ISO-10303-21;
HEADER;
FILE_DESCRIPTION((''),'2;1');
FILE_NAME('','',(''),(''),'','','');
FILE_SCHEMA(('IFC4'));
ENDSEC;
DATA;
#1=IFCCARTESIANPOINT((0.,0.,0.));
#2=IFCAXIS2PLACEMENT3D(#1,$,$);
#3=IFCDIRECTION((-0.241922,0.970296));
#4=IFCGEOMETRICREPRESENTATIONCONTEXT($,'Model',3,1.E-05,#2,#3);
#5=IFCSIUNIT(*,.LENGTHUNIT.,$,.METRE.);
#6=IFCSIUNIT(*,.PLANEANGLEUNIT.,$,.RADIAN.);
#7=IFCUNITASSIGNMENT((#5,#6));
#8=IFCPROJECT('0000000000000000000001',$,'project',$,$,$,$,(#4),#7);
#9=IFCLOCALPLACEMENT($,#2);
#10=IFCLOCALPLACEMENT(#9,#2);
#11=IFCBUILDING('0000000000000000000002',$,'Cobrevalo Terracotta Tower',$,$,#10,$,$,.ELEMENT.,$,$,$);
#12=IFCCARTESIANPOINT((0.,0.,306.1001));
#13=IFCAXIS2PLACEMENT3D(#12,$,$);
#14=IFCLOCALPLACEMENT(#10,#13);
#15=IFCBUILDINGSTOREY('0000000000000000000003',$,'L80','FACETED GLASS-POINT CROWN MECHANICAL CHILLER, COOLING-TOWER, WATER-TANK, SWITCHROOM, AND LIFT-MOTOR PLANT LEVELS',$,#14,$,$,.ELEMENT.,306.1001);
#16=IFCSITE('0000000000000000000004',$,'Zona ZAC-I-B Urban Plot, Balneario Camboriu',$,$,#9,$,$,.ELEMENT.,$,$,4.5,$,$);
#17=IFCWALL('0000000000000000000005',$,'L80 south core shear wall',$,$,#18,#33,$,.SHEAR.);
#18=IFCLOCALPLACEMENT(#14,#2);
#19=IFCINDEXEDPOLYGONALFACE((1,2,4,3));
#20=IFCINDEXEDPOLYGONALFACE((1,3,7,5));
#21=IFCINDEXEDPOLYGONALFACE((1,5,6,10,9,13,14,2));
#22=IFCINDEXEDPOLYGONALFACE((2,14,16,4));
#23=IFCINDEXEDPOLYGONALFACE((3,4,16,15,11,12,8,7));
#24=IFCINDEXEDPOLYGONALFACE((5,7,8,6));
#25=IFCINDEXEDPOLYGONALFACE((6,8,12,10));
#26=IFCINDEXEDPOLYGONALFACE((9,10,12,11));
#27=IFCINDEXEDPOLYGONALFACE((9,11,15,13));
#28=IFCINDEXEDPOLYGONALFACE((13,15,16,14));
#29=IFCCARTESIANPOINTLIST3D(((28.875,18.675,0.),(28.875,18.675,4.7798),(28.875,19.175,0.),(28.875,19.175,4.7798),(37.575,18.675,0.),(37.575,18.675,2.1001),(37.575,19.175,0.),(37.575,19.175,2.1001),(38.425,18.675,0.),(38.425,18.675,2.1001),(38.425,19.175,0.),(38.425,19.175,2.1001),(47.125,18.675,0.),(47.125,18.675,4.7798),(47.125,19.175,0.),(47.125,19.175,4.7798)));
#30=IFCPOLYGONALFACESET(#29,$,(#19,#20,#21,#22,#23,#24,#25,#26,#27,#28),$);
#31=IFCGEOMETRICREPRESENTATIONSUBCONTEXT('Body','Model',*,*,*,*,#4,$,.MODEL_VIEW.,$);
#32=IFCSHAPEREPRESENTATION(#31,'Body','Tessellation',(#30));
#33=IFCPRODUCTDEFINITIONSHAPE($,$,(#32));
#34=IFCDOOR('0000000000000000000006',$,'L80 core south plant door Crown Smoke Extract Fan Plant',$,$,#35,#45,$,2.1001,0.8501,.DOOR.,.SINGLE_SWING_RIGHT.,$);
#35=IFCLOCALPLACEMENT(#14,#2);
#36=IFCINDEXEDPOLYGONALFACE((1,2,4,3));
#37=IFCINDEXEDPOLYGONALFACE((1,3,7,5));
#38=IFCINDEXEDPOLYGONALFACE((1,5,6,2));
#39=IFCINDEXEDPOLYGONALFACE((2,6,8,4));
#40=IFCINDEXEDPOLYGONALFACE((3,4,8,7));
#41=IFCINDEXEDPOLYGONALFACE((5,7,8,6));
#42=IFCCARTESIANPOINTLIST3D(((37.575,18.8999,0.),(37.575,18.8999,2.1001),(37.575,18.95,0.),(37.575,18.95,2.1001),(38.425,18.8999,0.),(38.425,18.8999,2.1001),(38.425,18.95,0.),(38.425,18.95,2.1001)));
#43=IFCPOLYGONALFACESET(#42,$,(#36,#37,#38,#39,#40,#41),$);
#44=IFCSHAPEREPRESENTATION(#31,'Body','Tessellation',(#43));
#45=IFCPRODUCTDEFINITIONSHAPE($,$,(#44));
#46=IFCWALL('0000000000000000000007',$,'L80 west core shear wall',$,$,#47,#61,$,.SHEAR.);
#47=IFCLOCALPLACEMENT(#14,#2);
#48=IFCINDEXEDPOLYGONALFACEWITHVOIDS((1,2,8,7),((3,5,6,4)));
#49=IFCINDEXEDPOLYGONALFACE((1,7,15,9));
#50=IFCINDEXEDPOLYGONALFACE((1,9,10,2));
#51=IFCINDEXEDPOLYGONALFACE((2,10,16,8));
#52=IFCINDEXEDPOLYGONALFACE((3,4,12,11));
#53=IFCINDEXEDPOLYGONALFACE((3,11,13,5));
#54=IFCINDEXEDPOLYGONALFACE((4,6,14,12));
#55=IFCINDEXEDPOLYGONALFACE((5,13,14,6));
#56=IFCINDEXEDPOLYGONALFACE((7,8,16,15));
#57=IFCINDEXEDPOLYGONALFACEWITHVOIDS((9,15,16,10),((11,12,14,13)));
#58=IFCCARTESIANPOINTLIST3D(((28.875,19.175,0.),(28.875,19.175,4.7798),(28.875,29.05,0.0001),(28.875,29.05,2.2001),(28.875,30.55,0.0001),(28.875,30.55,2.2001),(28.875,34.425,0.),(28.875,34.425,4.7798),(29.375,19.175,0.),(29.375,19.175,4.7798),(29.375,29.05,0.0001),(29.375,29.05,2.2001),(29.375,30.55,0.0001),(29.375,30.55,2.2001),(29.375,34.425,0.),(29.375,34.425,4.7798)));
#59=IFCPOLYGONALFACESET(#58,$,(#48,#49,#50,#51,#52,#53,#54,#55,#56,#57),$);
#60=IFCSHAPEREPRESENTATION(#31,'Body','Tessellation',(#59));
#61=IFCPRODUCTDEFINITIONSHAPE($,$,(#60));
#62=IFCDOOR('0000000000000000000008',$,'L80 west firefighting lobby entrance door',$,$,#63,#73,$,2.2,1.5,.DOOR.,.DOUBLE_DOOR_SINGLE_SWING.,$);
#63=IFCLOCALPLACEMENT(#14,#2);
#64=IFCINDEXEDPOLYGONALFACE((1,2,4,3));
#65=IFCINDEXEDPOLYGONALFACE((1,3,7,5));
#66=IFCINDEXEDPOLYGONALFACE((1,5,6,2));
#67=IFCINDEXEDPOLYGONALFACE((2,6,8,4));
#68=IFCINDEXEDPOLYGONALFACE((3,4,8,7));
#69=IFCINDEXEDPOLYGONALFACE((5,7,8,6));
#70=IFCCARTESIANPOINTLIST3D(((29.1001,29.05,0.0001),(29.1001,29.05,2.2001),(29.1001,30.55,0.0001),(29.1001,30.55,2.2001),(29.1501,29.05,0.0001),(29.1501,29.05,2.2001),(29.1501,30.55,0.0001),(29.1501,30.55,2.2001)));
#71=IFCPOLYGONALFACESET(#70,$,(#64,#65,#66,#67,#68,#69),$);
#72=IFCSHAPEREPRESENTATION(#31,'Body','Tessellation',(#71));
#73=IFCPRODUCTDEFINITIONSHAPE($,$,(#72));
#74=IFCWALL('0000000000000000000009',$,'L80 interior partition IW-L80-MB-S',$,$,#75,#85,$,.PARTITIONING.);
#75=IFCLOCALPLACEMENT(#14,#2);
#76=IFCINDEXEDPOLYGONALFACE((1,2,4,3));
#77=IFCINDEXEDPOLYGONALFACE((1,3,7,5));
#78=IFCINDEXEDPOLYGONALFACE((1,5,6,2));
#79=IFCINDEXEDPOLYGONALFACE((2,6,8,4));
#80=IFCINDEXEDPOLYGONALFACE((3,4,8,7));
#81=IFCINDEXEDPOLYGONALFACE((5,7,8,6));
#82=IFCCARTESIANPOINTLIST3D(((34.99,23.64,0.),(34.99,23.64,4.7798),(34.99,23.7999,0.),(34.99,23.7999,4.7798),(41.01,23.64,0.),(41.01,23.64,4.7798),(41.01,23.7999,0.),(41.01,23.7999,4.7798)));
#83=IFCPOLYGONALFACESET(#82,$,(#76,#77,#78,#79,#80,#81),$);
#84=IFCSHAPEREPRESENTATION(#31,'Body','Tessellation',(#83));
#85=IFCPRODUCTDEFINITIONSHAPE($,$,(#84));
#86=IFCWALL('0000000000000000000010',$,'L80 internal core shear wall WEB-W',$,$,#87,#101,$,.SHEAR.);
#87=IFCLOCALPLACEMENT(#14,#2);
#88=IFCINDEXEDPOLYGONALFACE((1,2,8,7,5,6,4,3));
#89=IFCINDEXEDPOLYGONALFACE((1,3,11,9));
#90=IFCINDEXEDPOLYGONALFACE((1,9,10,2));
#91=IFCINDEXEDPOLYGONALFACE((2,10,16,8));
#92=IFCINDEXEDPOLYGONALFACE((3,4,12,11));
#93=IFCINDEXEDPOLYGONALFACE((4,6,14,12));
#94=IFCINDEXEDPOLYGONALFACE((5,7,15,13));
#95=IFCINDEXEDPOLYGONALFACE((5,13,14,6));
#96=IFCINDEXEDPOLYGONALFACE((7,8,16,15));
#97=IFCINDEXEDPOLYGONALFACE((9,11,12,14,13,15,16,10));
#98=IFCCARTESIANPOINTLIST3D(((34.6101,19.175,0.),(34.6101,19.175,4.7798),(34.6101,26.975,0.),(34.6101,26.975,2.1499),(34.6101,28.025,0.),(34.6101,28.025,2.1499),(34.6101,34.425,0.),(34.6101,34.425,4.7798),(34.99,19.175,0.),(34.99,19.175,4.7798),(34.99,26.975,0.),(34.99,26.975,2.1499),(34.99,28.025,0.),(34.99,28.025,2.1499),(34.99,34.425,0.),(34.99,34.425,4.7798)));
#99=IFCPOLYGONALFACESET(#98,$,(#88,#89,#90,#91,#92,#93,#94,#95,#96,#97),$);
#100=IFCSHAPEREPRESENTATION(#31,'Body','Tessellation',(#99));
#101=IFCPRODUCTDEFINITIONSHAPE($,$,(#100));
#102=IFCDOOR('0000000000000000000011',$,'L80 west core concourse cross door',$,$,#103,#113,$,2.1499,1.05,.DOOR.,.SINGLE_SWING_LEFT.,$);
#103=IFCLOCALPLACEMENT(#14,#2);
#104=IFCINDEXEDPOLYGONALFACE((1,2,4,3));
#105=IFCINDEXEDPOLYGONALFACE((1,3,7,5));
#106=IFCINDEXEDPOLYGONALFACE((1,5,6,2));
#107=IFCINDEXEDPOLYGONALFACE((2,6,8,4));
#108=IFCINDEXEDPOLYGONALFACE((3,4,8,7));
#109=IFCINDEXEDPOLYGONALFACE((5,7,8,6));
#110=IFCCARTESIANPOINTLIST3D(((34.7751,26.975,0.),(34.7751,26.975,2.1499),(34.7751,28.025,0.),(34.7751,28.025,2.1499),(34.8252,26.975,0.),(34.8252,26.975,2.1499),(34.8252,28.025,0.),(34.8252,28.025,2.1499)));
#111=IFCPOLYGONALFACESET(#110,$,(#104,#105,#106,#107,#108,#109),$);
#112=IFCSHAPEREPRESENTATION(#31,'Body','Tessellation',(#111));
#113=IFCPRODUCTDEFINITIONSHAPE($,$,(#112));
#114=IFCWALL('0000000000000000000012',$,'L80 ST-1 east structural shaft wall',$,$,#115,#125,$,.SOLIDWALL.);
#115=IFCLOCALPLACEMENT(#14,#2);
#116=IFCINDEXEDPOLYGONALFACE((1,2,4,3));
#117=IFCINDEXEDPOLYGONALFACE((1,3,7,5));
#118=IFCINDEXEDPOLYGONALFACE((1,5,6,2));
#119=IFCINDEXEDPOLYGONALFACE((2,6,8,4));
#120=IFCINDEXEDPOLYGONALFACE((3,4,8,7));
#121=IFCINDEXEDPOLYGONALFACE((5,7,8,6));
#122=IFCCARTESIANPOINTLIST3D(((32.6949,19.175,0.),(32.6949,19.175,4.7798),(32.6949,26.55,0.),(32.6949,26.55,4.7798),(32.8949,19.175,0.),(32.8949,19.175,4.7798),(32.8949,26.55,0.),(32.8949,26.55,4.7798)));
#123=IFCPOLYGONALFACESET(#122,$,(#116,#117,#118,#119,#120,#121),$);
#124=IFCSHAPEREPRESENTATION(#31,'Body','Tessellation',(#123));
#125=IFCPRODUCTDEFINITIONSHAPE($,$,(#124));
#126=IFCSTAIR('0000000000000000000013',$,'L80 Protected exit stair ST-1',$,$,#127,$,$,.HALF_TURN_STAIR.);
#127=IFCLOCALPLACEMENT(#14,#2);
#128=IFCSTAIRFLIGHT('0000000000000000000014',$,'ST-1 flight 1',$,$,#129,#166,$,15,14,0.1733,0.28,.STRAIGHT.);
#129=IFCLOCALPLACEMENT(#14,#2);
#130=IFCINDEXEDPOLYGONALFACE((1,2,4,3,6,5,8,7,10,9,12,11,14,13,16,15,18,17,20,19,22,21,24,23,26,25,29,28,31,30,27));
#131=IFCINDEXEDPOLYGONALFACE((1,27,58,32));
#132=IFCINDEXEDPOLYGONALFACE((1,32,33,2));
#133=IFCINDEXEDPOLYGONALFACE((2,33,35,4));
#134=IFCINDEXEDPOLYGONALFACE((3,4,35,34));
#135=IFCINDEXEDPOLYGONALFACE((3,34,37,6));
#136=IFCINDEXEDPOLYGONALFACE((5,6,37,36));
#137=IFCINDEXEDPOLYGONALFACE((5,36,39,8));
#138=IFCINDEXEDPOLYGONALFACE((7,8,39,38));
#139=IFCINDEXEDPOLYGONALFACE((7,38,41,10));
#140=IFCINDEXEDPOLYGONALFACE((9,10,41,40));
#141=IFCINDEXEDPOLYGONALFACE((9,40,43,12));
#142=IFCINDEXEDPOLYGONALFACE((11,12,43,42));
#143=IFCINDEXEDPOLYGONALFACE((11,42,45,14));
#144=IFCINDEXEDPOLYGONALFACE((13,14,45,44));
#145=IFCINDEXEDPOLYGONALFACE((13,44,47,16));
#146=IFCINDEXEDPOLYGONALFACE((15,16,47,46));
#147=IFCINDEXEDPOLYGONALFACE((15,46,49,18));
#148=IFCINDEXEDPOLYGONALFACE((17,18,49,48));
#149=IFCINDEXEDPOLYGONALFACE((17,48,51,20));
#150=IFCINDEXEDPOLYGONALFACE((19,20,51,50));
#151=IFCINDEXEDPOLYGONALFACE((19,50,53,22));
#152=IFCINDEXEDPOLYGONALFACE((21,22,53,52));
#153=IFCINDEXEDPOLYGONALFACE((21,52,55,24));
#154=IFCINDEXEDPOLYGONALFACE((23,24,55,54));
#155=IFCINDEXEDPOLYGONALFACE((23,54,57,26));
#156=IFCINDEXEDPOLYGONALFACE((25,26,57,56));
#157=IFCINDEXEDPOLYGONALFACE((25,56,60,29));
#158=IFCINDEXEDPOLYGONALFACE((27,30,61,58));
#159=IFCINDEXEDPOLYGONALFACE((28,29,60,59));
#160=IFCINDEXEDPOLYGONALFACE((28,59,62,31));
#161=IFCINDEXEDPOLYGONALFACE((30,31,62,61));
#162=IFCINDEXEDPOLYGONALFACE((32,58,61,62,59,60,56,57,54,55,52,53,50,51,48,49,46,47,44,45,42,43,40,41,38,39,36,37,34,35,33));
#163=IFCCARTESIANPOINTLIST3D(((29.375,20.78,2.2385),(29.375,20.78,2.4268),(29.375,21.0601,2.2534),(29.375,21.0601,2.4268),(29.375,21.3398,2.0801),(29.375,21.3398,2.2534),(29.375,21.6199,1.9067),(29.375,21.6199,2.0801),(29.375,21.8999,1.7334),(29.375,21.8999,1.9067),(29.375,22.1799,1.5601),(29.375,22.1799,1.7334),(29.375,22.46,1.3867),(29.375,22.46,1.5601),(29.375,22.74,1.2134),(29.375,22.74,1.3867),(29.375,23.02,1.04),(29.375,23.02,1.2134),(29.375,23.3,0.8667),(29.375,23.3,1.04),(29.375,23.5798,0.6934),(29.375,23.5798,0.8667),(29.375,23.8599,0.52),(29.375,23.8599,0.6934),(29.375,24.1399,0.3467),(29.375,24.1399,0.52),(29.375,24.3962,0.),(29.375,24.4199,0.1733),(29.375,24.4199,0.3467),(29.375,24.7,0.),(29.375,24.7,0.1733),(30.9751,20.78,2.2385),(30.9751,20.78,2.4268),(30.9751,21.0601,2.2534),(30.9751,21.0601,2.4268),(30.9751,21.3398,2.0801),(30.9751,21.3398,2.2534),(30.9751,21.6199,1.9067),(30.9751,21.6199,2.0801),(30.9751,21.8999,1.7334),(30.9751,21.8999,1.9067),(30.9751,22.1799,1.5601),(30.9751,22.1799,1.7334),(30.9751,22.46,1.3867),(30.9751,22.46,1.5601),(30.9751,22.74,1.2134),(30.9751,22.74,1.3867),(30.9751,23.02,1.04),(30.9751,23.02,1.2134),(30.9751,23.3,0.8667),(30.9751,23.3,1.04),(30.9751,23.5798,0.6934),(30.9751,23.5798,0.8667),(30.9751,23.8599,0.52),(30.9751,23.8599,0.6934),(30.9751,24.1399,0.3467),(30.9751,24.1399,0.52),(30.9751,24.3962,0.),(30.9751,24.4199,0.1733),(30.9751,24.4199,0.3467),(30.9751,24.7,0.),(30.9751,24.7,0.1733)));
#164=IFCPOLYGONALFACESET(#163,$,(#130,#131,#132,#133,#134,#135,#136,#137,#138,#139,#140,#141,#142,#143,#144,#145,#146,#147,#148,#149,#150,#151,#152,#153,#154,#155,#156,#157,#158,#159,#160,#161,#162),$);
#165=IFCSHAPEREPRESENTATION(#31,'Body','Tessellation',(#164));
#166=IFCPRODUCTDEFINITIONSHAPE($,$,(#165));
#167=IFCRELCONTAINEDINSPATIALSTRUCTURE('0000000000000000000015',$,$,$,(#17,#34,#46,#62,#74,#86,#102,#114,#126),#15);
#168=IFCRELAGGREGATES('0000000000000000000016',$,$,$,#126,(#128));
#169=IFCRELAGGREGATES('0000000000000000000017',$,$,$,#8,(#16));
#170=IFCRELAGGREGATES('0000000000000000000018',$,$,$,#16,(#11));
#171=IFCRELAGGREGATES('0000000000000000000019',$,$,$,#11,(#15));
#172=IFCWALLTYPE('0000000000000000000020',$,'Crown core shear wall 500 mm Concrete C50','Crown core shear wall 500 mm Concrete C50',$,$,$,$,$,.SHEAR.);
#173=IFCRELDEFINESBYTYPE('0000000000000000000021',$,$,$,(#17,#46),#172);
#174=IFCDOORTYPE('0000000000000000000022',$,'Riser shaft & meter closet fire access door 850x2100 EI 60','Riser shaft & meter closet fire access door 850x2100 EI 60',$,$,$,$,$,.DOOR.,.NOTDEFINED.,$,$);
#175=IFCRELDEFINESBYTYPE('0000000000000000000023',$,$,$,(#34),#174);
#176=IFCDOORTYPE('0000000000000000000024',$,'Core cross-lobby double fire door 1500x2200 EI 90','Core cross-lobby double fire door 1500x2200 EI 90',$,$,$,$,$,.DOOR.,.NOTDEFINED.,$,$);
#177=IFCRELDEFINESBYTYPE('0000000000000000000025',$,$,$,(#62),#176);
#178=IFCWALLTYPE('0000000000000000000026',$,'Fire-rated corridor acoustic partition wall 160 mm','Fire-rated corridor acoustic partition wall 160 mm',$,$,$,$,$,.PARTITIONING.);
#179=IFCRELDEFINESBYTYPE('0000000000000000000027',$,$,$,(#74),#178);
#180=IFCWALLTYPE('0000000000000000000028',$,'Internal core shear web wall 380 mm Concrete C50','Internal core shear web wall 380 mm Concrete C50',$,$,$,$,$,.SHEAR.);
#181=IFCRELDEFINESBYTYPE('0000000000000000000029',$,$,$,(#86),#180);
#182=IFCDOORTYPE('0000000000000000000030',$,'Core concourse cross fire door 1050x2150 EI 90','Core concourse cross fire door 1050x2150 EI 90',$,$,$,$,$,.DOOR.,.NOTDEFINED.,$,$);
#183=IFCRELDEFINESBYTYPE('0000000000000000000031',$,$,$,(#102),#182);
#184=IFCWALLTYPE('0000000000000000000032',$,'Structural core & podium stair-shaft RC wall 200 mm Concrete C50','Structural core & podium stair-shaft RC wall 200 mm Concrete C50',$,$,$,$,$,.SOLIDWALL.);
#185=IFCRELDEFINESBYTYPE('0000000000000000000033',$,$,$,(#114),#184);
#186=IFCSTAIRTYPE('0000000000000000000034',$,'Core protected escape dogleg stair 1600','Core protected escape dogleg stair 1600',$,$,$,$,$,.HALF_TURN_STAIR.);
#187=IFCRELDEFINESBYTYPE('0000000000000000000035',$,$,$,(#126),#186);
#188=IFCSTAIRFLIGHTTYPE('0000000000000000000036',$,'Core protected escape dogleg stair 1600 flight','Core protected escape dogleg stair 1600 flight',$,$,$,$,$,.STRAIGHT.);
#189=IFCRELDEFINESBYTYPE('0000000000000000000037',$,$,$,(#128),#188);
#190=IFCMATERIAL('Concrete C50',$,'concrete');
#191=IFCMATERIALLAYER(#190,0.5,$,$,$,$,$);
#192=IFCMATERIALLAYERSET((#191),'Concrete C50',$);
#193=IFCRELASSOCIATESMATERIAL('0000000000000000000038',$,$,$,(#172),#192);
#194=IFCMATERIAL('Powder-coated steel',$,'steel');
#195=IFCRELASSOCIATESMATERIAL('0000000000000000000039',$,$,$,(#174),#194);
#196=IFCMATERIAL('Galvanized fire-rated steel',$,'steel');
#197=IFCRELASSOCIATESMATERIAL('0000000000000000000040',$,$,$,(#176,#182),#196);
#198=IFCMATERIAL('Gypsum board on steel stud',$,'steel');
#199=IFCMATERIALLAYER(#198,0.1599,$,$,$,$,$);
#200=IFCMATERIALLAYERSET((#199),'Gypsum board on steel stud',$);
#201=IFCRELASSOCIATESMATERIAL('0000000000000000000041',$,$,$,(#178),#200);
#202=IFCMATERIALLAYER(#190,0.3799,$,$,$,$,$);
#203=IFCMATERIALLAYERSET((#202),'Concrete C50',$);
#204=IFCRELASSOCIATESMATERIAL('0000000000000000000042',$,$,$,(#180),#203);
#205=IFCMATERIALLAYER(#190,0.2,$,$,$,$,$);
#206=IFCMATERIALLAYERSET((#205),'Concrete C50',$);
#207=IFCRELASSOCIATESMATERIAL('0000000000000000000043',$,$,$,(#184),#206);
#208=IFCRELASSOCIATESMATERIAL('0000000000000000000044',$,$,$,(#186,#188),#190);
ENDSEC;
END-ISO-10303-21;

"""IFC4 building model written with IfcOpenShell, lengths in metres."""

from ifc_helpers import new_model, si_unit, direction, frame, frame_2d, origin, place, context, subcontext, project, spatial, polyline, rectangle, outline, extrude, source, transform, mapped, material, layer, layer_set, type_object, element, fill, aggregate, save


model = new_model("IFC4")

# Units and contexts
model_context = context("Model", 3, precision=1e-05, world=origin(), true_north=direction((-0.241922, 0.970296)))
body_context = subcontext(model_context, "Body", "Model", "MODEL_VIEW")
ifc_project = project(units=[si_unit("LENGTHUNIT", "METRE"), si_unit("PLANEANGLEUNIT", "RADIAN")], contexts=[model_context])

# Site, building, storey
site_placement = place(None, origin())
site = spatial("IfcSite", under=ifc_project, at=site_placement, Name="Zona ZAC-I-B Urban Plot, Balneario Camboriu", CompositionType="ELEMENT", RefElevation=4.5)
building_placement = place(site_placement, origin())
building = spatial("IfcBuilding", under=site, at=building_placement, Name="Cobrevalo Terracotta Tower", CompositionType="ELEMENT")
storey_placement = place(building_placement, frame((0.0, 0.0, 306.1001)))
storey = spatial("IfcBuildingStorey", under=building, at=storey_placement, Name="L80", Description="FACETED GLASS-POINT CROWN MECHANICAL CHILLER, COOLING-TOWER, WATER-TANK, SWITCHROOM, AND LIFT-MOTOR PLANT LEVELS", CompositionType="ELEMENT", Elevation=306.1001)

# Shared definitions
ifc_material_1 = material(Name="Concrete C50", Category="concrete")

# Walls, openings, doors
ifc_layer_1 = layer(ifc_material_1, 0.5)
ifc_layer_set_1 = layer_set([ifc_layer_1], Name="Concrete C50")
wall_type_1 = type_object("IfcWallType", Name="Crown core shear wall 500 mm Concrete C50", Description="Crown core shear wall 500 mm Concrete C50", PredefinedType="SHEAR", material=ifc_layer_set_1)
wall_1_placement = place(storey_placement, frame((28.875, 18.925, 0.0), z_axis=(0.0, 0.0, 1.0), x_axis=(1.0, 0.0, 0.0)))
wall_1 = element("IfcWall", 1, at=wall_1_placement, inside=storey, type_object=wall_type_1, Name="L80 south core shear wall", PredefinedType="SHEAR", context=body_context, shape_type="SweptSolid", body=[
    extrude(rectangle(XDim=18.25, YDim=0.5, at=frame_2d((9.125, 0.0))), origin(), (0.0, 0.0, 1.0), 4.7798),
])
opening_1_placement = place(wall_1_placement, frame((8.7, 0.0, 0.0)))
opening_1 = element("IfcOpeningElement", 2, at=opening_1_placement, cuts=wall_1, PredefinedType="OPENING", context=body_context, shape_type="SweptSolid", body=[
    extrude(rectangle(XDim=0.8501, YDim=2.1001, at=frame_2d((0.425, 1.05))), frame((0.0, 0.26, 0.0), z_axis=(0.0, -1.0, 0.0), x_axis=(1.0, 0.0, 0.0)), (0.0, 0.0, 1.0), 0.52),
])
ifc_material_2 = material(Name="Powder-coated steel", Category="steel")
door_type_1 = type_object("IfcDoorType", Name="Riser shaft & meter closet fire access door 850x2100 EI 60", Description="Riser shaft & meter closet fire access door 850x2100 EI 60", OperationType="NOTDEFINED", PredefinedType="DOOR", material=ifc_material_2)
shared_shape_1 = source(origin(), body_context, "Body", "SweptSolid", [
    extrude(rectangle(XDim=0.8501, YDim=2.1001, at=frame_2d((0.425, 1.05))), frame((0.0, 0.0249, 0.0), z_axis=(0.0, -1.0, 0.0), x_axis=(1.0, 0.0, 0.0)), (0.0, 0.0, 1.0), 0.05),
])
door_1_placement = place(opening_1_placement, origin())
door_1 = element("IfcDoor", 3, at=door_1_placement, inside=storey, type_object=door_type_1, Name="L80 core south plant door Crown Smoke Extract Fan Plant", OperationType="SINGLE_SWING_RIGHT", OverallHeight=2.1001, OverallWidth=0.8501, PredefinedType="DOOR", context=body_context, shape_type="MappedRepresentation", body=[
    mapped(shared_shape_1, transform((0.0, 0.0, 0.0), scale=1.0)),
])
fill(opening_1, door_1)
wall_2_placement = place(storey_placement, frame((29.125, 19.175, 0.0), z_axis=(0.0, 0.0, 1.0), x_axis=(0.0, 1.0, 0.0)))
wall_2 = element("IfcWall", 4, at=wall_2_placement, inside=storey, type_object=wall_type_1, Name="L80 west core shear wall", PredefinedType="SHEAR", context=body_context, shape_type="SweptSolid", body=[
    extrude(rectangle(XDim=15.25, YDim=0.5, at=frame_2d((7.625, 0.0))), origin(), (0.0, 0.0, 1.0), 4.7798),
])
opening_2_placement = place(wall_2_placement, frame((9.875, 0.0, 0.0)))
opening_2 = element("IfcOpeningElement", 5, at=opening_2_placement, cuts=wall_2, PredefinedType="OPENING", context=body_context, shape_type="SweptSolid", body=[
    extrude(rectangle(XDim=1.5, YDim=2.2, at=frame_2d((0.75, 1.1001))), frame((0.0, 0.26, 0.0), z_axis=(0.0, -1.0, 0.0), x_axis=(1.0, 0.0, 0.0)), (0.0, 0.0, 1.0), 0.52),
])
ifc_material_3 = material(Name="Galvanized fire-rated steel", Category="steel")
door_type_2 = type_object("IfcDoorType", Name="Core cross-lobby double fire door 1500x2200 EI 90", Description="Core cross-lobby double fire door 1500x2200 EI 90", OperationType="NOTDEFINED", PredefinedType="DOOR", material=ifc_material_3)
shared_shape_2 = source(origin(), body_context, "Body", "SweptSolid", [
    extrude(rectangle(XDim=1.5, YDim=2.2, at=frame_2d((0.75, 1.1001))), frame((0.0, 0.0249, 0.0), z_axis=(0.0, -1.0, 0.0), x_axis=(1.0, 0.0, 0.0)), (0.0, 0.0, 1.0), 0.05),
])
door_2_placement = place(opening_2_placement, origin())
door_2 = element("IfcDoor", 6, at=door_2_placement, inside=storey, type_object=door_type_2, Name="L80 west firefighting lobby entrance door", OperationType="DOUBLE_DOOR_SINGLE_SWING", OverallHeight=2.2, OverallWidth=1.5, PredefinedType="DOOR", context=body_context, shape_type="MappedRepresentation", body=[
    mapped(shared_shape_2, transform((0.0, 0.0, 0.0), scale=1.0)),
])
fill(opening_2, door_2)

# Wall
ifc_material_4 = material(Name="Gypsum board on steel stud", Category="steel")
ifc_layer_2 = layer(ifc_material_4, 0.1599)
ifc_layer_set_2 = layer_set([ifc_layer_2], Name="Gypsum board on steel stud")
wall_type_2 = type_object("IfcWallType", Name="Fire-rated corridor acoustic partition wall 160 mm", Description="Fire-rated corridor acoustic partition wall 160 mm", PredefinedType="PARTITIONING", material=ifc_layer_set_2)
wall_3_placement = place(storey_placement, frame((34.99, 23.72, 0.0), z_axis=(0.0, 0.0, 1.0), x_axis=(1.0, 0.0, 0.0)))
element("IfcWall", 7, at=wall_3_placement, inside=storey, type_object=wall_type_2, Name="L80 interior partition IW-L80-MB-S", PredefinedType="PARTITIONING", context=body_context, shape_type="SweptSolid", body=[
    extrude(rectangle(XDim=6.02, YDim=0.1599, at=frame_2d((3.01, 0.0))), origin(), (0.0, 0.0, 1.0), 4.7798),
])

# Wall, opening, door
ifc_layer_3 = layer(ifc_material_1, 0.3799)
ifc_layer_set_3 = layer_set([ifc_layer_3], Name="Concrete C50")
wall_type_3 = type_object("IfcWallType", Name="Internal core shear web wall 380 mm Concrete C50", Description="Internal core shear web wall 380 mm Concrete C50", PredefinedType="SHEAR", material=ifc_layer_set_3)
wall_4_placement = place(storey_placement, frame((34.8, 19.175, 0.0), z_axis=(0.0, 0.0, 1.0), x_axis=(0.0, 1.0, 0.0)))
wall_4 = element("IfcWall", 8, at=wall_4_placement, inside=storey, type_object=wall_type_3, Name="L80 internal core shear wall WEB-W", PredefinedType="SHEAR", context=body_context, shape_type="SweptSolid", body=[
    extrude(rectangle(XDim=15.25, YDim=0.3799, at=frame_2d((7.625, 0.0))), origin(), (0.0, 0.0, 1.0), 4.7798),
])
opening_3_placement = place(wall_4_placement, frame((7.8, 0.0, 0.0)))
opening_3 = element("IfcOpeningElement", 9, at=opening_3_placement, cuts=wall_4, PredefinedType="OPENING", context=body_context, shape_type="SweptSolid", body=[
    extrude(rectangle(XDim=1.05, YDim=2.1499, at=frame_2d((0.5249, 1.075))), frame((0.0, 0.2, 0.0), z_axis=(0.0, -1.0, 0.0), x_axis=(1.0, 0.0, 0.0)), (0.0, 0.0, 1.0), 0.3999),
])
door_type_3 = type_object("IfcDoorType", Name="Core concourse cross fire door 1050x2150 EI 90", Description="Core concourse cross fire door 1050x2150 EI 90", OperationType="NOTDEFINED", PredefinedType="DOOR", material=ifc_material_3)
shared_shape_3 = source(origin(), body_context, "Body", "SweptSolid", [
    extrude(rectangle(XDim=1.05, YDim=2.1499, at=frame_2d((0.5249, 1.075))), frame((0.0, 0.0249, 0.0), z_axis=(0.0, -1.0, 0.0), x_axis=(1.0, 0.0, 0.0)), (0.0, 0.0, 1.0), 0.05),
])
door_3_placement = place(opening_3_placement, origin())
door_3 = element("IfcDoor", 10, at=door_3_placement, inside=storey, type_object=door_type_3, Name="L80 west core concourse cross door", OperationType="SINGLE_SWING_LEFT", OverallHeight=2.1499, OverallWidth=1.05, PredefinedType="DOOR", context=body_context, shape_type="MappedRepresentation", body=[
    mapped(shared_shape_3, transform((0.0, 0.0, 0.0), scale=1.0)),
])
fill(opening_3, door_3)

# Wall
ifc_layer_4 = layer(ifc_material_1, 0.2)
ifc_layer_set_4 = layer_set([ifc_layer_4], Name="Concrete C50")
wall_type_4 = type_object("IfcWallType", Name="Structural core & podium stair-shaft RC wall 200 mm Concrete C50", Description="Structural core & podium stair-shaft RC wall 200 mm Concrete C50", PredefinedType="SOLIDWALL", material=ifc_layer_set_4)
wall_5_placement = place(storey_placement, frame((32.7949, 19.175, 0.0), z_axis=(0.0, 0.0, 1.0), x_axis=(0.0, 1.0, 0.0)))
element("IfcWall", 11, at=wall_5_placement, inside=storey, type_object=wall_type_4, Name="L80 ST-1 east structural shaft wall", PredefinedType="SOLIDWALL", context=body_context, shape_type="SweptSolid", body=[
    extrude(rectangle(XDim=7.375, YDim=0.2, at=frame_2d((3.6875, 0.0))), origin(), (0.0, 0.0, 1.0), 4.7798),
])

# Stair, stair flight
stair_type = type_object("IfcStairType", Name="Core protected escape dogleg stair 1600", Description="Core protected escape dogleg stair 1600", PredefinedType="HALF_TURN_STAIR", material=ifc_material_1)
stair_placement = place(storey_placement, origin())
stair = element("IfcStair", 12, at=stair_placement, inside=storey, type_object=stair_type, Name="L80 Protected exit stair ST-1", PredefinedType="HALF_TURN_STAIR")
stair_flight_type = type_object("IfcStairFlightType", Name="Core protected escape dogleg stair 1600 flight", Description="Core protected escape dogleg stair 1600 flight", PredefinedType="STRAIGHT", material=ifc_material_1)
stair_flight_1_placement = place(storey_placement, frame((30.175, 24.7, 0.0), z_axis=(0.0, 0.0, 1.0), x_axis=(0.0, -1.0, 0.0)))
stair_flight_1 = element("IfcStairFlight", 13, at=stair_flight_1_placement, type_object=stair_flight_type, Name="ST-1 flight 1", NumberOfRisers=15, NumberOfTreads=14, PredefinedType="STRAIGHT", RiserHeight=0.1733, TreadLength=0.28, context=body_context, shape_type="SweptSolid", body=[
    extrude(outline(polyline([(0.0, 0.0), (0.0, 0.1733), (0.28, 0.1733), (0.28, 0.3467), (0.5601, 0.3467), (0.5601, 0.52), (0.8401, 0.52), (0.8401, 0.6934), (1.1201, 0.6934), (1.1201, 0.8667), (1.3999, 0.8667), (1.3999, 1.04), (1.6799, 1.04), (1.6799, 1.2134), (1.96, 1.2134), (1.96, 1.3867), (2.24, 1.3867), (2.24, 1.5601), (2.52, 1.5601), (2.52, 1.7334), (2.8, 1.7334), (2.8, 1.9067), (3.0801, 1.9067), (3.0801, 2.0801), (3.3601, 2.0801), (3.3601, 2.2534), (3.6399, 2.2534), (3.6399, 2.4268), (3.9199, 2.4268), (3.9199, 2.6001), (3.9199, 2.2385), (0.3037, 0.0), (0.0, 0.0)])), frame((0.0, 0.8, 0.0), z_axis=(0.0, -1.0, 0.0), x_axis=(1.0, 0.0, 0.0)), (0.0, 0.0, 1.0), 1.6001),
])
aggregate(stair, [stair_flight_1])

save(model, "model.ifc")
